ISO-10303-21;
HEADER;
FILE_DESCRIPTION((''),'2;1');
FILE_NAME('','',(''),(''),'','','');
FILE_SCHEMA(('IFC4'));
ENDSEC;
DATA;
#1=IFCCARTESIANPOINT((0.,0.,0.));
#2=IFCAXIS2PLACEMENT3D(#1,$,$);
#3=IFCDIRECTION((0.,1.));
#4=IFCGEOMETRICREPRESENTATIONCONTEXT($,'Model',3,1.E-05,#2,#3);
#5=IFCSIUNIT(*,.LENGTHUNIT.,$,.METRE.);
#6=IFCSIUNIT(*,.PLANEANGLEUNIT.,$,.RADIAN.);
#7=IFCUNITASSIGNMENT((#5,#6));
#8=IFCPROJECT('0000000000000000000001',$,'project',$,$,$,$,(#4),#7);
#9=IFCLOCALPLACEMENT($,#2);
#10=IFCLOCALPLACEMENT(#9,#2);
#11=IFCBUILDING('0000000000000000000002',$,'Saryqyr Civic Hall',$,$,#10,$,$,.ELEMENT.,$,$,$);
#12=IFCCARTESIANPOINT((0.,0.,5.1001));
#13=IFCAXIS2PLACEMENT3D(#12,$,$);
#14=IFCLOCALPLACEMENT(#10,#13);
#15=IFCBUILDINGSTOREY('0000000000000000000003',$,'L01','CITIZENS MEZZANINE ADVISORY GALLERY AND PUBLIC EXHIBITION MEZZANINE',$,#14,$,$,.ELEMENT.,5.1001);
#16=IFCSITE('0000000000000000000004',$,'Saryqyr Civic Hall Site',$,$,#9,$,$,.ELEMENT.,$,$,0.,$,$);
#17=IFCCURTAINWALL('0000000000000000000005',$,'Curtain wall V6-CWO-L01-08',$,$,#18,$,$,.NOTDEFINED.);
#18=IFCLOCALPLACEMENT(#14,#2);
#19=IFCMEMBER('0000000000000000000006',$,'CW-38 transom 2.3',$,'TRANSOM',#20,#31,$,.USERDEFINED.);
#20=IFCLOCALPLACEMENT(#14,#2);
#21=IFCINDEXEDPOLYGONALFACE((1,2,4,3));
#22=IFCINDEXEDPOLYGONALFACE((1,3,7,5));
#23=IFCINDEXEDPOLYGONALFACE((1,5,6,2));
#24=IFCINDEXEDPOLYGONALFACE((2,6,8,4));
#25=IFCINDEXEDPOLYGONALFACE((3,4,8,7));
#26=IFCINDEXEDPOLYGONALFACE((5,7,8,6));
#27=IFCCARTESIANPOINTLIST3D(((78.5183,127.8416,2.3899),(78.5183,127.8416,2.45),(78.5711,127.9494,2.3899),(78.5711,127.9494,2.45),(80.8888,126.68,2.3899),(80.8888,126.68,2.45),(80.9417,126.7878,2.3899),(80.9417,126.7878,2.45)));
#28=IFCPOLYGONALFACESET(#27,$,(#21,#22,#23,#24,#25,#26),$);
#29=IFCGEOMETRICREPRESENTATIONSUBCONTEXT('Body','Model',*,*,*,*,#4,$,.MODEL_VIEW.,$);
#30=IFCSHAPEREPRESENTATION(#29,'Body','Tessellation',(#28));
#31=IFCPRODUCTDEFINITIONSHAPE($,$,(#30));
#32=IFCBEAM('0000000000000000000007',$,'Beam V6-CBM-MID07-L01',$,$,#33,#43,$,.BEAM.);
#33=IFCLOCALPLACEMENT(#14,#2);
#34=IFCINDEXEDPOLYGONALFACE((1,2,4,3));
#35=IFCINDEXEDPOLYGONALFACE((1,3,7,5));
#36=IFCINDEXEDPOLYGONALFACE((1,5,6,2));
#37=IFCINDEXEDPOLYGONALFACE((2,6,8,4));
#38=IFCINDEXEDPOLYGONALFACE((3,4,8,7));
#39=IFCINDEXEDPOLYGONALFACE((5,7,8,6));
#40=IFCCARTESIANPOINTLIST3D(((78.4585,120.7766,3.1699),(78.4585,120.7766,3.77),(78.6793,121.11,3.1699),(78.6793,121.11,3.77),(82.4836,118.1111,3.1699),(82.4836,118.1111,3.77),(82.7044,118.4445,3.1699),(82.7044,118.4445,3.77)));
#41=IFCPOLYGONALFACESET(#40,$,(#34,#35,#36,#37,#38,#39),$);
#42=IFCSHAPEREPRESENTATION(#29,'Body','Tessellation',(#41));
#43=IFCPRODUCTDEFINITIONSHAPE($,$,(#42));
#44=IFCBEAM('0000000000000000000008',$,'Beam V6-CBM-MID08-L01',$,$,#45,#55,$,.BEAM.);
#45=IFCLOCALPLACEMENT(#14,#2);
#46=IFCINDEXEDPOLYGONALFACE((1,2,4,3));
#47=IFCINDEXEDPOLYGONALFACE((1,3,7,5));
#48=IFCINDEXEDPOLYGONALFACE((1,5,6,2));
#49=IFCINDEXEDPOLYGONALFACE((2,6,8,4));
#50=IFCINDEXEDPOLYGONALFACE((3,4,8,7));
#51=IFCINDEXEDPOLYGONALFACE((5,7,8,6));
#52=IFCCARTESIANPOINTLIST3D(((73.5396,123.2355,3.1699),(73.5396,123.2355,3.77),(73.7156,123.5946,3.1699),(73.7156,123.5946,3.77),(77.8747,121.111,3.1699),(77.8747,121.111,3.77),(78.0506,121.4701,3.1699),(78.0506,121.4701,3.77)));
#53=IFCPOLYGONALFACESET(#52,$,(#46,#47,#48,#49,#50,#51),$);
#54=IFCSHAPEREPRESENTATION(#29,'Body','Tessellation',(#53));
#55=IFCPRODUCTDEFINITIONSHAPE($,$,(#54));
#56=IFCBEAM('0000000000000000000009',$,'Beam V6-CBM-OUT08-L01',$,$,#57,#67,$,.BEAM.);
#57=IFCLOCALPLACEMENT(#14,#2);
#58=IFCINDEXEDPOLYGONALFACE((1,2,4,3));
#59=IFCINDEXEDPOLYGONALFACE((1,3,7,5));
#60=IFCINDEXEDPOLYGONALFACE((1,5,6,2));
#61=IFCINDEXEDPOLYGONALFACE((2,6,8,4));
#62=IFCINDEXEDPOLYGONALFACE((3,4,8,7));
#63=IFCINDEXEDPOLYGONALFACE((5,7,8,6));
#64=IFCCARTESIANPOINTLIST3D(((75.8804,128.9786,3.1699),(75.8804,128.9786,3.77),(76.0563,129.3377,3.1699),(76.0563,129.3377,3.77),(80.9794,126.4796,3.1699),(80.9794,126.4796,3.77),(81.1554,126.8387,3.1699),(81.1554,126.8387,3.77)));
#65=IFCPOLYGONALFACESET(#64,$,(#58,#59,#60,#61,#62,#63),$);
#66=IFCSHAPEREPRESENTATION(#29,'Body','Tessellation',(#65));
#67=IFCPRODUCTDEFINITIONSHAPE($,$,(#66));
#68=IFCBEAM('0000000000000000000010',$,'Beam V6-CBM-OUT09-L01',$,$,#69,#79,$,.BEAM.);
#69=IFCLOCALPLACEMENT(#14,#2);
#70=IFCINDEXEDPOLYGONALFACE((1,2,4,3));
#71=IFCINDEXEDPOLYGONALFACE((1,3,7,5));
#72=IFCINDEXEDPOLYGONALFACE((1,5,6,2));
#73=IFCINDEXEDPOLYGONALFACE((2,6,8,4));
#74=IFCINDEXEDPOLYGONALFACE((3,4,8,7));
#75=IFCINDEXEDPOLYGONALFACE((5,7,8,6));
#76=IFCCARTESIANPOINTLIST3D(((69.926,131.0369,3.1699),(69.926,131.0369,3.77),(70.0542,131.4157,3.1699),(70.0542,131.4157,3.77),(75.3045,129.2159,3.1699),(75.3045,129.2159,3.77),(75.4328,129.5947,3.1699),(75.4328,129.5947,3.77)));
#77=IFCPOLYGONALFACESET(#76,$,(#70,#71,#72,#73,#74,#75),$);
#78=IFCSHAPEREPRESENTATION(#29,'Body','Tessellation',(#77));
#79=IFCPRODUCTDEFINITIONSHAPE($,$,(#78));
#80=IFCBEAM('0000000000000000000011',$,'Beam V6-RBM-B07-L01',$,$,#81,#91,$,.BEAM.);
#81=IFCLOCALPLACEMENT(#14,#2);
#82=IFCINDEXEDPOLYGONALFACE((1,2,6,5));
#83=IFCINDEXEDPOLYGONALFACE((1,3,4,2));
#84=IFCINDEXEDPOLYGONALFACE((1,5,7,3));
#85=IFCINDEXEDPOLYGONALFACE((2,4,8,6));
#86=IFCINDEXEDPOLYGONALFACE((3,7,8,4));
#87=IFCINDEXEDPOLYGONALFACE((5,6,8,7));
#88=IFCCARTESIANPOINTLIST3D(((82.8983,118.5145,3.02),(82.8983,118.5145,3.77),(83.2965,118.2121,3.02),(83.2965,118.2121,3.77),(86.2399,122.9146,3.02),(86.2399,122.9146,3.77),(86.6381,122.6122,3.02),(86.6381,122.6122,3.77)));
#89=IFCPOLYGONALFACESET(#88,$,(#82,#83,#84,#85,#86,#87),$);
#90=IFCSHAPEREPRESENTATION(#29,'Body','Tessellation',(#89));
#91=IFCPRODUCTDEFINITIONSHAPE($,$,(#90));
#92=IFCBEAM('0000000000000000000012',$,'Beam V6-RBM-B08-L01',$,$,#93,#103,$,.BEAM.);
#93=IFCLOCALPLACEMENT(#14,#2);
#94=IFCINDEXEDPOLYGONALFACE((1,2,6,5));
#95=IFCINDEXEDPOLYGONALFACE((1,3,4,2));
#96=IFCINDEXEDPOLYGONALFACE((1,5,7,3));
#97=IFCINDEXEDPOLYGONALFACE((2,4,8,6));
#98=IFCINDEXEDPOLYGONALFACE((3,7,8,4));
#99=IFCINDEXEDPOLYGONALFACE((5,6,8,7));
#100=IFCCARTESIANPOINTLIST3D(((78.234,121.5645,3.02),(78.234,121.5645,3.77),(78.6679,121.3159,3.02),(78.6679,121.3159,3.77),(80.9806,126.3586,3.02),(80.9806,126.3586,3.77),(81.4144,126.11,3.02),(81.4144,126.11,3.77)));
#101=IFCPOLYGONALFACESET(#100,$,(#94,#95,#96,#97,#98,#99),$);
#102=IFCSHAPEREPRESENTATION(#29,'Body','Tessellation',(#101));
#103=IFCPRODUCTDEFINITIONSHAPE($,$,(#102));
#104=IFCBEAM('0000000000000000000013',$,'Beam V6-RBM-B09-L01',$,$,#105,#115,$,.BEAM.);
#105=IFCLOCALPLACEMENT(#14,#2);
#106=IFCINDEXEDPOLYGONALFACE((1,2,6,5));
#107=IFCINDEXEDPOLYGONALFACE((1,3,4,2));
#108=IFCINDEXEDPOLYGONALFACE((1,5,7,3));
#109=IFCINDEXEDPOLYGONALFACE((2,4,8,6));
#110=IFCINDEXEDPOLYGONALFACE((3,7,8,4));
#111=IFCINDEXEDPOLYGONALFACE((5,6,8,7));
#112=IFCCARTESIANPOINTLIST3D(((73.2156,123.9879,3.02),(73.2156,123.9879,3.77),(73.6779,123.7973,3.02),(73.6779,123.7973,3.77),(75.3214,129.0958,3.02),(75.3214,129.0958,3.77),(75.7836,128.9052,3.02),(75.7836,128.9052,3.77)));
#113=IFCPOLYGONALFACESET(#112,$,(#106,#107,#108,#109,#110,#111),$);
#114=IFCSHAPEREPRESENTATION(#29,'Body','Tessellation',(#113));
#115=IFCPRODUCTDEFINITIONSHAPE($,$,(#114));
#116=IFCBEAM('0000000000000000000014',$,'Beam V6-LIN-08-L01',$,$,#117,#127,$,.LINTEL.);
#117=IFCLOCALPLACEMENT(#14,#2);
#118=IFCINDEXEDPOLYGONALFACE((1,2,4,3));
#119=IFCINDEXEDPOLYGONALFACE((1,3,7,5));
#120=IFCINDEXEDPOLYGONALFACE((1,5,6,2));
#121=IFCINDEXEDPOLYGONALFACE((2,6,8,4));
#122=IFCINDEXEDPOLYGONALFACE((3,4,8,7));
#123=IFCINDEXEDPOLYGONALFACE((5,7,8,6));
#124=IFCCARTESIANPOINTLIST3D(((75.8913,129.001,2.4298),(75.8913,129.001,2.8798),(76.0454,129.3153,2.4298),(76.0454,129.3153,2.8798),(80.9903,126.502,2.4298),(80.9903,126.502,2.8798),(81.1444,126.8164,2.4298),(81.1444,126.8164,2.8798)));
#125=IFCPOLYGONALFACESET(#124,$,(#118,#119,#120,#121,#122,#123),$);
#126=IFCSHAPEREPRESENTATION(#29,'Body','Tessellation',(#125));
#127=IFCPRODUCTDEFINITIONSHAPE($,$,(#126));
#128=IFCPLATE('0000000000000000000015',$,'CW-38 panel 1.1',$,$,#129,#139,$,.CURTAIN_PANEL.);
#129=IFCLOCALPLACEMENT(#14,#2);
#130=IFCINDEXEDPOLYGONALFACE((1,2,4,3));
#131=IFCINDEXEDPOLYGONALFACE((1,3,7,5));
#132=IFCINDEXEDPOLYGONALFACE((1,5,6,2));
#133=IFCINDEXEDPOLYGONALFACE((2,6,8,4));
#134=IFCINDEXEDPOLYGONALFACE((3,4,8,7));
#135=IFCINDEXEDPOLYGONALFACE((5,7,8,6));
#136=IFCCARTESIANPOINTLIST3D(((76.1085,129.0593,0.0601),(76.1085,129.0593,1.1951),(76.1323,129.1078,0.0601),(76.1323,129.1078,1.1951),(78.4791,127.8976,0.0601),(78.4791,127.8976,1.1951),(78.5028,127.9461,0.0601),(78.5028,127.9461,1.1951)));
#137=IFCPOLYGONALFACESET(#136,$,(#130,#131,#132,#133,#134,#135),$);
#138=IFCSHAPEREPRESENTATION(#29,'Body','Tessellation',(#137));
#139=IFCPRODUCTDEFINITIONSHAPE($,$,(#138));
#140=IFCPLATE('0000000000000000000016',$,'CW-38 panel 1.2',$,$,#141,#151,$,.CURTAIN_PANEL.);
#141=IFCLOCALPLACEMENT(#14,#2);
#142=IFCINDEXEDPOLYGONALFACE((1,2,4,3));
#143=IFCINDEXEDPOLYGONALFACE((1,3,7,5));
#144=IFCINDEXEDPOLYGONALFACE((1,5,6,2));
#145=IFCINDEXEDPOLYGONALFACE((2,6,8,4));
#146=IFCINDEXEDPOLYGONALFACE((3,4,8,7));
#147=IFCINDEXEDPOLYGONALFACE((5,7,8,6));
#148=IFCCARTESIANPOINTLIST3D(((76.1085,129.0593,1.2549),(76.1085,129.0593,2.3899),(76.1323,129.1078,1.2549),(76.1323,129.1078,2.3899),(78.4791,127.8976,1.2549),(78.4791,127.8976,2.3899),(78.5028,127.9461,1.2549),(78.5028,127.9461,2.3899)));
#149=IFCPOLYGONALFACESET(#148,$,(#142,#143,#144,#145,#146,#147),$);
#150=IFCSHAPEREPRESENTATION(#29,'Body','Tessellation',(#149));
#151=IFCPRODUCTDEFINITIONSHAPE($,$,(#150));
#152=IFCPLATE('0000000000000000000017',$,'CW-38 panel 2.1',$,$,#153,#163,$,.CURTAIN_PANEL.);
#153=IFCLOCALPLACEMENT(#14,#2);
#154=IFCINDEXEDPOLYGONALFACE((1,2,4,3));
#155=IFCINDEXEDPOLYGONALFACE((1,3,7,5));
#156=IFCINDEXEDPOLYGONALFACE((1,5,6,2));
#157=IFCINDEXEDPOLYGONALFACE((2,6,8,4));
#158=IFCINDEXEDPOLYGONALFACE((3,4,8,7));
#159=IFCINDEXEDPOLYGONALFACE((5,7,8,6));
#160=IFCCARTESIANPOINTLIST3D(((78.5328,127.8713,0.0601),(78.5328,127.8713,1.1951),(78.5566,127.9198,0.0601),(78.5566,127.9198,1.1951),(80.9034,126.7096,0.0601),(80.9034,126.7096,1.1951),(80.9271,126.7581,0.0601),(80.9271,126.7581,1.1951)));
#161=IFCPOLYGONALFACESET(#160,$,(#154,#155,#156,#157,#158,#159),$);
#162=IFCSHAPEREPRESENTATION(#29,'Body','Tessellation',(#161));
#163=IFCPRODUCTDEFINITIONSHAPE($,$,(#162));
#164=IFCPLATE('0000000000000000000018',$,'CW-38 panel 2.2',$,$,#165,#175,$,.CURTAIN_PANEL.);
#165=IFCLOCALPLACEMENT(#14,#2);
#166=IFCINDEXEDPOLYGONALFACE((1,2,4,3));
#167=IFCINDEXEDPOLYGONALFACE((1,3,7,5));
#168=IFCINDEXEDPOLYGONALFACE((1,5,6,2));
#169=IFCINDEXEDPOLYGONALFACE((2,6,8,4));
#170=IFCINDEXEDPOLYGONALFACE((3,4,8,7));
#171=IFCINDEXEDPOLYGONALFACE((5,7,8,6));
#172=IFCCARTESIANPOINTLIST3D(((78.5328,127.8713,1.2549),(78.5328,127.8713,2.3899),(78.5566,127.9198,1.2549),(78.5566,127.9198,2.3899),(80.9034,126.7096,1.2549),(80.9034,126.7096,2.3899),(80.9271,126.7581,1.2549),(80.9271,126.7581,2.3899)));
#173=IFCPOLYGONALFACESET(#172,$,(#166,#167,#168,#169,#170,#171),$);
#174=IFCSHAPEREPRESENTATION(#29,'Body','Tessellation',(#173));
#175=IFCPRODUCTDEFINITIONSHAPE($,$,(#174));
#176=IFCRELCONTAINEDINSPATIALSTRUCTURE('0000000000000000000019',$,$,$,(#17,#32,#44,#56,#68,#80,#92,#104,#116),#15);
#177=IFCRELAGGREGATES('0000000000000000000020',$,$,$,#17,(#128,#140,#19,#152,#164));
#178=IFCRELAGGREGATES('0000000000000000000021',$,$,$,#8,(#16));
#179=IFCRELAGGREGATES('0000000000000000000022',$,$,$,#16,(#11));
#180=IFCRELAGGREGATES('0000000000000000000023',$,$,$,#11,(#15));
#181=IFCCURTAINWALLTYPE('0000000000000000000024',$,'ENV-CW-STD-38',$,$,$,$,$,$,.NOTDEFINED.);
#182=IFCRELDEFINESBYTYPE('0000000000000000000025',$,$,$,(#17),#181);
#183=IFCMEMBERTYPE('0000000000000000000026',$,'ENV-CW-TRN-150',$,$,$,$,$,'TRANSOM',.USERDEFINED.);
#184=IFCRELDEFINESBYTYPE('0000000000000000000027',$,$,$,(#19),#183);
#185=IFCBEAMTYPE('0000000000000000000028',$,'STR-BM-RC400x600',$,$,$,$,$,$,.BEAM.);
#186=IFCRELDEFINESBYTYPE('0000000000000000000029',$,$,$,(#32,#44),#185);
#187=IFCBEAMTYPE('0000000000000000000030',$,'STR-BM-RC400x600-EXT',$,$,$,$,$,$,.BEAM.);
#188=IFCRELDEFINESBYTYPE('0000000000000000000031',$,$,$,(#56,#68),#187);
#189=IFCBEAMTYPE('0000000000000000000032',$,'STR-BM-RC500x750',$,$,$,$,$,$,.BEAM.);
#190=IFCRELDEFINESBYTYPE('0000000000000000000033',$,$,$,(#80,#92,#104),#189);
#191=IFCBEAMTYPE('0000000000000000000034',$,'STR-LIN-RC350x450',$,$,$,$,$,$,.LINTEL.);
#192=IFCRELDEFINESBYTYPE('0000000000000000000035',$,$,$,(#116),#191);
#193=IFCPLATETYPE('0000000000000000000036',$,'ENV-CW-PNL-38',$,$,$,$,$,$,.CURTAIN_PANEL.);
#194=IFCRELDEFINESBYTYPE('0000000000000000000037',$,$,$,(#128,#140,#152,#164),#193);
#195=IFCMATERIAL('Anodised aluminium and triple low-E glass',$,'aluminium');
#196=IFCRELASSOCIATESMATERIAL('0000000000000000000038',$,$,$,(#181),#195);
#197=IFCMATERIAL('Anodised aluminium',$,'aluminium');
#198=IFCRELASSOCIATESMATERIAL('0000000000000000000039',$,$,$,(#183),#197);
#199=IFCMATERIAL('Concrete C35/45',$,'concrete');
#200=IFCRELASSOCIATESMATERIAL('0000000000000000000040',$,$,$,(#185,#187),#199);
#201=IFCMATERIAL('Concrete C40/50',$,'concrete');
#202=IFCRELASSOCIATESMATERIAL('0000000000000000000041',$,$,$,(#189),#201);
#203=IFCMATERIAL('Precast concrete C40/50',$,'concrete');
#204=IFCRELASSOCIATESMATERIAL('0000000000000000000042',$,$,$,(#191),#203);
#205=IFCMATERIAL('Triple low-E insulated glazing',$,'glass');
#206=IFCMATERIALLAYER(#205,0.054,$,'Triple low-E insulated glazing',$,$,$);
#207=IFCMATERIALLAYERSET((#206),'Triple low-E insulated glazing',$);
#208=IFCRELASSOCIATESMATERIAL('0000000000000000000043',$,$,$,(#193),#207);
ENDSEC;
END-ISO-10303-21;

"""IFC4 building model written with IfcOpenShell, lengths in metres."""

from ifc_helpers import new_model, si_unit, direction, frame, origin, origin_2d, place, context, subcontext, project, spatial, rectangle, extrude, material, layer, layer_set, material_profile, profile_set, type_object, element, aggregate, save


model = new_model("IFC4")

# Units and contexts
model_context = context("Model", 3, precision=1e-05, world=origin(), true_north=direction((0.0, 1.0)))
body_context = subcontext(model_context, "Body", "Model", "MODEL_VIEW")
ifc_project = project(units=[si_unit("LENGTHUNIT", "METRE"), si_unit("PLANEANGLEUNIT", "RADIAN")], contexts=[model_context])

# Site, building, storey
site_placement = place(None, origin())
site = spatial("IfcSite", under=ifc_project, at=site_placement, Name="Saryqyr Civic Hall Site", CompositionType="ELEMENT", RefElevation=0.0)
building_placement = place(site_placement, origin())
building = spatial("IfcBuilding", under=site, at=building_placement, Name="Saryqyr Civic Hall", CompositionType="ELEMENT")
storey_placement = place(building_placement, frame((0.0, 0.0, 5.1001)))
storey = spatial("IfcBuildingStorey", under=building, at=storey_placement, Name="L01", Description="CITIZENS MEZZANINE ADVISORY GALLERY AND PUBLIC EXHIBITION MEZZANINE", CompositionType="ELEMENT", Elevation=5.1001)

# Shared definitions
ifc_material_1 = material(Name="Concrete C40/50", Category="concrete")

# Curtain wall, member
ifc_material_2 = material(Name="Anodised aluminium and triple low-E glass", Category="aluminium")
curtain_wall_type = type_object("IfcCurtainWallType", Name="ENV-CW-STD-38", PredefinedType="NOTDEFINED", material=ifc_material_2)
curtain_wall_placement = place(storey_placement, origin())
curtain_wall = element("IfcCurtainWall", 1, at=curtain_wall_placement, inside=storey, type_object=curtain_wall_type, Name="Curtain wall V6-CWO-L01-08", PredefinedType="NOTDEFINED")
ifc_material_3 = material(Name="Anodised aluminium", Category="aluminium")
ifc_material_profile_1 = material_profile(ifc_material_3, rectangle(XDim=0.1201, YDim=0.0601, at=origin_2d()), Name="ALU TRANSOM 120x60")
ifc_profile_set_1 = profile_set([ifc_material_profile_1], Name="Anodised aluminium")
member_type_1 = type_object("IfcMemberType", Name="ENV-CW-TRN-150", ElementType="TRANSOM", PredefinedType="USERDEFINED", material=ifc_profile_set_1)
member_1_placement = place(storey_placement, frame((78.5447, 127.8955, 2.4199), z_axis=(0.897987, -0.440023, 0.0), x_axis=(0.440023, 0.897987, 0.0)))
member_1 = element("IfcMember", 2, at=member_1_placement, type_object=member_type_1, Name="CW-38 transom 2.3", ObjectType="TRANSOM", PredefinedType="USERDEFINED", context=body_context, shape_type="SweptSolid", body=[
    extrude(rectangle(XDim=0.1201, YDim=0.0601, at=origin_2d()), origin(), (0.0, 0.0, 1.0), 2.6399),
])

# Beams
ifc_material_4 = material(Name="Concrete C35/45", Category="concrete")
ifc_material_profile_2 = material_profile(ifc_material_4, rectangle(XDim=0.3999, YDim=0.6001, at=origin_2d()), Name="RC 400x600")
ifc_profile_set_2 = profile_set([ifc_material_profile_2], Name="Concrete C35/45")
beam_type_1 = type_object("IfcBeamType", Name="STR-BM-RC400x600", PredefinedType="BEAM", material=ifc_profile_set_2)
for number, where, z_axis, x_axis, name in (
    (3, (82.594, 118.2778, 3.47), (-0.833758, 0.55213, 0.0), (-0.55213, -0.833758, 0.0), "Beam V6-CBM-MID07-L01"),
    (4, (77.9626, 121.2905, 3.47), (-0.897959, 0.440079, 0.0), (-0.440079, -0.897959, 0.0), "Beam V6-CBM-MID08-L01"),
):
    element("IfcBeam", number, at=place(storey_placement, frame(where, z_axis=z_axis, x_axis=x_axis)), inside=storey, type_object=beam_type_1, Name=name, PredefinedType="BEAM", context=body_context, shape_type="SweptSolid", body=[
        extrude(rectangle(XDim=0.3999, YDim=0.6001, at=origin_2d()), origin(), (0.0, 0.0, 1.0), 4.8276),
    ])
ifc_material_profile_3 = material_profile(ifc_material_4, rectangle(XDim=0.3999, YDim=0.6001, at=origin_2d()), Name="RC 400x600")
ifc_profile_set_3 = profile_set([ifc_material_profile_3], Name="Concrete C35/45")
beam_type_2 = type_object("IfcBeamType", Name="STR-BM-RC400x600-EXT", PredefinedType="BEAM", material=ifc_profile_set_3)
for number, where, z_axis, x_axis, name in (
    (5, (81.0674, 126.6592, 3.47), (-0.897959, 0.44008, 0.0), (-0.44008, -0.897959, 0.0), "Beam V6-CBM-OUT08-L01"),
    (6, (75.3687, 129.4053, 3.47), (-0.947185, 0.320687, 0.0), (-0.320687, -0.947185, 0.0), "Beam V6-CBM-OUT09-L01"),
):
    element("IfcBeam", number, at=place(storey_placement, frame(where, z_axis=z_axis, x_axis=x_axis)), inside=storey, type_object=beam_type_2, Name=name, PredefinedType="BEAM", context=body_context, shape_type="SweptSolid", body=[
        extrude(rectangle(XDim=0.3999, YDim=0.6001, at=origin_2d()), origin(), (0.0, 0.0, 1.0), 5.6785),
    ])
ifc_material_profile_4 = material_profile(ifc_material_1, rectangle(XDim=0.5, YDim=0.75, at=origin_2d()), Name="RC 500x750")
ifc_profile_set_4 = profile_set([ifc_material_profile_4], Name="Concrete C40/50")
beam_type_3 = type_object("IfcBeamType", Name="STR-BM-RC500x750", PredefinedType="BEAM", material=ifc_profile_set_4)
for number, where, z_axis, x_axis, name in (
    (7, (83.0974, 118.3633, 3.395), (0.60479, 0.796385, 0.0), (-0.796385, 0.60479, 0.0), "Beam V6-RBM-B07-L01"),
    (8, (78.4509, 121.4402, 3.395), (0.4971, 0.867693, 0.0), (-0.867693, 0.4971, 0.0), "Beam V6-RBM-B08-L01"),
):
    element("IfcBeam", number, at=place(storey_placement, frame(where, z_axis=z_axis, x_axis=x_axis)), inside=storey, type_object=beam_type_3, Name=name, PredefinedType="BEAM", context=body_context, shape_type="SweptSolid", body=[
        extrude(rectangle(XDim=0.5, YDim=0.75, at=origin_2d()), origin(), (0.0, 0.0, 1.0), 5.5251),
    ])
beam_1_placement = place(storey_placement, frame((73.4468, 123.8926, 3.395), z_axis=(0.38113, 0.924522, 0.0), x_axis=(-0.924522, 0.38113, 0.0)))
element("IfcBeam", 9, at=beam_1_placement, inside=storey, type_object=beam_type_3, Name="Beam V6-RBM-B09-L01", PredefinedType="BEAM", context=body_context, shape_type="SweptSolid", body=[
    extrude(rectangle(XDim=0.5, YDim=0.75, at=origin_2d()), origin(), (0.0, 0.0, 1.0), 5.5249),
])
ifc_material_5 = material(Name="Precast concrete C40/50", Category="concrete")
ifc_material_profile_5 = material_profile(ifc_material_5, rectangle(XDim=0.3501, YDim=0.45, at=origin_2d()), Name="RC 350x450")
ifc_profile_set_5 = profile_set([ifc_material_profile_5], Name="Precast concrete C40/50")
beam_type_4 = type_object("IfcBeamType", Name="STR-LIN-RC350x450", PredefinedType="LINTEL", material=ifc_profile_set_5)
beam_2_placement = place(storey_placement, frame((81.0674, 126.6592, 2.6548), z_axis=(-0.897959, 0.44008, 0.0), x_axis=(-0.44008, -0.897959, 0.0)))
element("IfcBeam", 10, at=beam_2_placement, inside=storey, type_object=beam_type_4, Name="Beam V6-LIN-08-L01", PredefinedType="LINTEL", context=body_context, shape_type="SweptSolid", body=[
    extrude(rectangle(XDim=0.3501, YDim=0.45, at=origin_2d()), origin(), (0.0, 0.0, 1.0), 5.6785),
])

# Plates
ifc_material_6 = material(Name="Triple low-E insulated glazing", Category="glass")
ifc_layer_1 = layer(ifc_material_6, 0.054, Name="Triple low-E insulated glazing")
ifc_layer_set_1 = layer_set([ifc_layer_1], Name="Triple low-E insulated glazing")
plate_type = type_object("IfcPlateType", Name="ENV-CW-PNL-38", PredefinedType="CURTAIN_PANEL", material=ifc_layer_set_1)
plate_1_placement = place(storey_placement, frame((77.3057, 128.5027, 0.0601), z_axis=(0.0, 0.0, 1.0), x_axis=(0.89797, -0.440056, 0.0)))
plate_1 = element("IfcPlate", 11, at=plate_1_placement, type_object=plate_type, Name="CW-38 panel 1.1", PredefinedType="CURTAIN_PANEL", context=body_context, shape_type="SweptSolid", body=[
    extrude(rectangle(XDim=2.6399, YDim=0.054, at=origin_2d()), origin(), (0.0, 0.0, 1.0), 1.135),
])
plate_2_placement = place(storey_placement, frame((77.3057, 128.5027, 1.2549), z_axis=(0.0, 0.0, 1.0), x_axis=(0.89797, -0.440056, 0.0)))
plate_2 = element("IfcPlate", 12, at=plate_2_placement, type_object=plate_type, Name="CW-38 panel 1.2", PredefinedType="CURTAIN_PANEL", context=body_context, shape_type="SweptSolid", body=[
    extrude(rectangle(XDim=2.6399, YDim=0.054, at=origin_2d()), origin(), (0.0, 0.0, 1.0), 1.135),
])
plate_3_placement = place(storey_placement, frame((79.73, 127.3147, 0.0601), z_axis=(0.0, 0.0, 1.0), x_axis=(0.89797, -0.440056, 0.0)))
plate_3 = element("IfcPlate", 13, at=plate_3_placement, type_object=plate_type, Name="CW-38 panel 2.1", PredefinedType="CURTAIN_PANEL", context=body_context, shape_type="SweptSolid", body=[
    extrude(rectangle(XDim=2.6399, YDim=0.054, at=origin_2d()), origin(), (0.0, 0.0, 1.0), 1.135),
])
plate_4_placement = place(storey_placement, frame((79.73, 127.3147, 1.2549), z_axis=(0.0, 0.0, 1.0), x_axis=(0.89797, -0.440056, 0.0)))
plate_4 = element("IfcPlate", 14, at=plate_4_placement, type_object=plate_type, Name="CW-38 panel 2.2", PredefinedType="CURTAIN_PANEL", context=body_context, shape_type="SweptSolid", body=[
    extrude(rectangle(XDim=2.6399, YDim=0.054, at=origin_2d()), origin(), (0.0, 0.0, 1.0), 1.135),
])
aggregate(curtain_wall, [plate_1, plate_2, member_1, plate_3, plate_4])

save(model, "model.ifc")
